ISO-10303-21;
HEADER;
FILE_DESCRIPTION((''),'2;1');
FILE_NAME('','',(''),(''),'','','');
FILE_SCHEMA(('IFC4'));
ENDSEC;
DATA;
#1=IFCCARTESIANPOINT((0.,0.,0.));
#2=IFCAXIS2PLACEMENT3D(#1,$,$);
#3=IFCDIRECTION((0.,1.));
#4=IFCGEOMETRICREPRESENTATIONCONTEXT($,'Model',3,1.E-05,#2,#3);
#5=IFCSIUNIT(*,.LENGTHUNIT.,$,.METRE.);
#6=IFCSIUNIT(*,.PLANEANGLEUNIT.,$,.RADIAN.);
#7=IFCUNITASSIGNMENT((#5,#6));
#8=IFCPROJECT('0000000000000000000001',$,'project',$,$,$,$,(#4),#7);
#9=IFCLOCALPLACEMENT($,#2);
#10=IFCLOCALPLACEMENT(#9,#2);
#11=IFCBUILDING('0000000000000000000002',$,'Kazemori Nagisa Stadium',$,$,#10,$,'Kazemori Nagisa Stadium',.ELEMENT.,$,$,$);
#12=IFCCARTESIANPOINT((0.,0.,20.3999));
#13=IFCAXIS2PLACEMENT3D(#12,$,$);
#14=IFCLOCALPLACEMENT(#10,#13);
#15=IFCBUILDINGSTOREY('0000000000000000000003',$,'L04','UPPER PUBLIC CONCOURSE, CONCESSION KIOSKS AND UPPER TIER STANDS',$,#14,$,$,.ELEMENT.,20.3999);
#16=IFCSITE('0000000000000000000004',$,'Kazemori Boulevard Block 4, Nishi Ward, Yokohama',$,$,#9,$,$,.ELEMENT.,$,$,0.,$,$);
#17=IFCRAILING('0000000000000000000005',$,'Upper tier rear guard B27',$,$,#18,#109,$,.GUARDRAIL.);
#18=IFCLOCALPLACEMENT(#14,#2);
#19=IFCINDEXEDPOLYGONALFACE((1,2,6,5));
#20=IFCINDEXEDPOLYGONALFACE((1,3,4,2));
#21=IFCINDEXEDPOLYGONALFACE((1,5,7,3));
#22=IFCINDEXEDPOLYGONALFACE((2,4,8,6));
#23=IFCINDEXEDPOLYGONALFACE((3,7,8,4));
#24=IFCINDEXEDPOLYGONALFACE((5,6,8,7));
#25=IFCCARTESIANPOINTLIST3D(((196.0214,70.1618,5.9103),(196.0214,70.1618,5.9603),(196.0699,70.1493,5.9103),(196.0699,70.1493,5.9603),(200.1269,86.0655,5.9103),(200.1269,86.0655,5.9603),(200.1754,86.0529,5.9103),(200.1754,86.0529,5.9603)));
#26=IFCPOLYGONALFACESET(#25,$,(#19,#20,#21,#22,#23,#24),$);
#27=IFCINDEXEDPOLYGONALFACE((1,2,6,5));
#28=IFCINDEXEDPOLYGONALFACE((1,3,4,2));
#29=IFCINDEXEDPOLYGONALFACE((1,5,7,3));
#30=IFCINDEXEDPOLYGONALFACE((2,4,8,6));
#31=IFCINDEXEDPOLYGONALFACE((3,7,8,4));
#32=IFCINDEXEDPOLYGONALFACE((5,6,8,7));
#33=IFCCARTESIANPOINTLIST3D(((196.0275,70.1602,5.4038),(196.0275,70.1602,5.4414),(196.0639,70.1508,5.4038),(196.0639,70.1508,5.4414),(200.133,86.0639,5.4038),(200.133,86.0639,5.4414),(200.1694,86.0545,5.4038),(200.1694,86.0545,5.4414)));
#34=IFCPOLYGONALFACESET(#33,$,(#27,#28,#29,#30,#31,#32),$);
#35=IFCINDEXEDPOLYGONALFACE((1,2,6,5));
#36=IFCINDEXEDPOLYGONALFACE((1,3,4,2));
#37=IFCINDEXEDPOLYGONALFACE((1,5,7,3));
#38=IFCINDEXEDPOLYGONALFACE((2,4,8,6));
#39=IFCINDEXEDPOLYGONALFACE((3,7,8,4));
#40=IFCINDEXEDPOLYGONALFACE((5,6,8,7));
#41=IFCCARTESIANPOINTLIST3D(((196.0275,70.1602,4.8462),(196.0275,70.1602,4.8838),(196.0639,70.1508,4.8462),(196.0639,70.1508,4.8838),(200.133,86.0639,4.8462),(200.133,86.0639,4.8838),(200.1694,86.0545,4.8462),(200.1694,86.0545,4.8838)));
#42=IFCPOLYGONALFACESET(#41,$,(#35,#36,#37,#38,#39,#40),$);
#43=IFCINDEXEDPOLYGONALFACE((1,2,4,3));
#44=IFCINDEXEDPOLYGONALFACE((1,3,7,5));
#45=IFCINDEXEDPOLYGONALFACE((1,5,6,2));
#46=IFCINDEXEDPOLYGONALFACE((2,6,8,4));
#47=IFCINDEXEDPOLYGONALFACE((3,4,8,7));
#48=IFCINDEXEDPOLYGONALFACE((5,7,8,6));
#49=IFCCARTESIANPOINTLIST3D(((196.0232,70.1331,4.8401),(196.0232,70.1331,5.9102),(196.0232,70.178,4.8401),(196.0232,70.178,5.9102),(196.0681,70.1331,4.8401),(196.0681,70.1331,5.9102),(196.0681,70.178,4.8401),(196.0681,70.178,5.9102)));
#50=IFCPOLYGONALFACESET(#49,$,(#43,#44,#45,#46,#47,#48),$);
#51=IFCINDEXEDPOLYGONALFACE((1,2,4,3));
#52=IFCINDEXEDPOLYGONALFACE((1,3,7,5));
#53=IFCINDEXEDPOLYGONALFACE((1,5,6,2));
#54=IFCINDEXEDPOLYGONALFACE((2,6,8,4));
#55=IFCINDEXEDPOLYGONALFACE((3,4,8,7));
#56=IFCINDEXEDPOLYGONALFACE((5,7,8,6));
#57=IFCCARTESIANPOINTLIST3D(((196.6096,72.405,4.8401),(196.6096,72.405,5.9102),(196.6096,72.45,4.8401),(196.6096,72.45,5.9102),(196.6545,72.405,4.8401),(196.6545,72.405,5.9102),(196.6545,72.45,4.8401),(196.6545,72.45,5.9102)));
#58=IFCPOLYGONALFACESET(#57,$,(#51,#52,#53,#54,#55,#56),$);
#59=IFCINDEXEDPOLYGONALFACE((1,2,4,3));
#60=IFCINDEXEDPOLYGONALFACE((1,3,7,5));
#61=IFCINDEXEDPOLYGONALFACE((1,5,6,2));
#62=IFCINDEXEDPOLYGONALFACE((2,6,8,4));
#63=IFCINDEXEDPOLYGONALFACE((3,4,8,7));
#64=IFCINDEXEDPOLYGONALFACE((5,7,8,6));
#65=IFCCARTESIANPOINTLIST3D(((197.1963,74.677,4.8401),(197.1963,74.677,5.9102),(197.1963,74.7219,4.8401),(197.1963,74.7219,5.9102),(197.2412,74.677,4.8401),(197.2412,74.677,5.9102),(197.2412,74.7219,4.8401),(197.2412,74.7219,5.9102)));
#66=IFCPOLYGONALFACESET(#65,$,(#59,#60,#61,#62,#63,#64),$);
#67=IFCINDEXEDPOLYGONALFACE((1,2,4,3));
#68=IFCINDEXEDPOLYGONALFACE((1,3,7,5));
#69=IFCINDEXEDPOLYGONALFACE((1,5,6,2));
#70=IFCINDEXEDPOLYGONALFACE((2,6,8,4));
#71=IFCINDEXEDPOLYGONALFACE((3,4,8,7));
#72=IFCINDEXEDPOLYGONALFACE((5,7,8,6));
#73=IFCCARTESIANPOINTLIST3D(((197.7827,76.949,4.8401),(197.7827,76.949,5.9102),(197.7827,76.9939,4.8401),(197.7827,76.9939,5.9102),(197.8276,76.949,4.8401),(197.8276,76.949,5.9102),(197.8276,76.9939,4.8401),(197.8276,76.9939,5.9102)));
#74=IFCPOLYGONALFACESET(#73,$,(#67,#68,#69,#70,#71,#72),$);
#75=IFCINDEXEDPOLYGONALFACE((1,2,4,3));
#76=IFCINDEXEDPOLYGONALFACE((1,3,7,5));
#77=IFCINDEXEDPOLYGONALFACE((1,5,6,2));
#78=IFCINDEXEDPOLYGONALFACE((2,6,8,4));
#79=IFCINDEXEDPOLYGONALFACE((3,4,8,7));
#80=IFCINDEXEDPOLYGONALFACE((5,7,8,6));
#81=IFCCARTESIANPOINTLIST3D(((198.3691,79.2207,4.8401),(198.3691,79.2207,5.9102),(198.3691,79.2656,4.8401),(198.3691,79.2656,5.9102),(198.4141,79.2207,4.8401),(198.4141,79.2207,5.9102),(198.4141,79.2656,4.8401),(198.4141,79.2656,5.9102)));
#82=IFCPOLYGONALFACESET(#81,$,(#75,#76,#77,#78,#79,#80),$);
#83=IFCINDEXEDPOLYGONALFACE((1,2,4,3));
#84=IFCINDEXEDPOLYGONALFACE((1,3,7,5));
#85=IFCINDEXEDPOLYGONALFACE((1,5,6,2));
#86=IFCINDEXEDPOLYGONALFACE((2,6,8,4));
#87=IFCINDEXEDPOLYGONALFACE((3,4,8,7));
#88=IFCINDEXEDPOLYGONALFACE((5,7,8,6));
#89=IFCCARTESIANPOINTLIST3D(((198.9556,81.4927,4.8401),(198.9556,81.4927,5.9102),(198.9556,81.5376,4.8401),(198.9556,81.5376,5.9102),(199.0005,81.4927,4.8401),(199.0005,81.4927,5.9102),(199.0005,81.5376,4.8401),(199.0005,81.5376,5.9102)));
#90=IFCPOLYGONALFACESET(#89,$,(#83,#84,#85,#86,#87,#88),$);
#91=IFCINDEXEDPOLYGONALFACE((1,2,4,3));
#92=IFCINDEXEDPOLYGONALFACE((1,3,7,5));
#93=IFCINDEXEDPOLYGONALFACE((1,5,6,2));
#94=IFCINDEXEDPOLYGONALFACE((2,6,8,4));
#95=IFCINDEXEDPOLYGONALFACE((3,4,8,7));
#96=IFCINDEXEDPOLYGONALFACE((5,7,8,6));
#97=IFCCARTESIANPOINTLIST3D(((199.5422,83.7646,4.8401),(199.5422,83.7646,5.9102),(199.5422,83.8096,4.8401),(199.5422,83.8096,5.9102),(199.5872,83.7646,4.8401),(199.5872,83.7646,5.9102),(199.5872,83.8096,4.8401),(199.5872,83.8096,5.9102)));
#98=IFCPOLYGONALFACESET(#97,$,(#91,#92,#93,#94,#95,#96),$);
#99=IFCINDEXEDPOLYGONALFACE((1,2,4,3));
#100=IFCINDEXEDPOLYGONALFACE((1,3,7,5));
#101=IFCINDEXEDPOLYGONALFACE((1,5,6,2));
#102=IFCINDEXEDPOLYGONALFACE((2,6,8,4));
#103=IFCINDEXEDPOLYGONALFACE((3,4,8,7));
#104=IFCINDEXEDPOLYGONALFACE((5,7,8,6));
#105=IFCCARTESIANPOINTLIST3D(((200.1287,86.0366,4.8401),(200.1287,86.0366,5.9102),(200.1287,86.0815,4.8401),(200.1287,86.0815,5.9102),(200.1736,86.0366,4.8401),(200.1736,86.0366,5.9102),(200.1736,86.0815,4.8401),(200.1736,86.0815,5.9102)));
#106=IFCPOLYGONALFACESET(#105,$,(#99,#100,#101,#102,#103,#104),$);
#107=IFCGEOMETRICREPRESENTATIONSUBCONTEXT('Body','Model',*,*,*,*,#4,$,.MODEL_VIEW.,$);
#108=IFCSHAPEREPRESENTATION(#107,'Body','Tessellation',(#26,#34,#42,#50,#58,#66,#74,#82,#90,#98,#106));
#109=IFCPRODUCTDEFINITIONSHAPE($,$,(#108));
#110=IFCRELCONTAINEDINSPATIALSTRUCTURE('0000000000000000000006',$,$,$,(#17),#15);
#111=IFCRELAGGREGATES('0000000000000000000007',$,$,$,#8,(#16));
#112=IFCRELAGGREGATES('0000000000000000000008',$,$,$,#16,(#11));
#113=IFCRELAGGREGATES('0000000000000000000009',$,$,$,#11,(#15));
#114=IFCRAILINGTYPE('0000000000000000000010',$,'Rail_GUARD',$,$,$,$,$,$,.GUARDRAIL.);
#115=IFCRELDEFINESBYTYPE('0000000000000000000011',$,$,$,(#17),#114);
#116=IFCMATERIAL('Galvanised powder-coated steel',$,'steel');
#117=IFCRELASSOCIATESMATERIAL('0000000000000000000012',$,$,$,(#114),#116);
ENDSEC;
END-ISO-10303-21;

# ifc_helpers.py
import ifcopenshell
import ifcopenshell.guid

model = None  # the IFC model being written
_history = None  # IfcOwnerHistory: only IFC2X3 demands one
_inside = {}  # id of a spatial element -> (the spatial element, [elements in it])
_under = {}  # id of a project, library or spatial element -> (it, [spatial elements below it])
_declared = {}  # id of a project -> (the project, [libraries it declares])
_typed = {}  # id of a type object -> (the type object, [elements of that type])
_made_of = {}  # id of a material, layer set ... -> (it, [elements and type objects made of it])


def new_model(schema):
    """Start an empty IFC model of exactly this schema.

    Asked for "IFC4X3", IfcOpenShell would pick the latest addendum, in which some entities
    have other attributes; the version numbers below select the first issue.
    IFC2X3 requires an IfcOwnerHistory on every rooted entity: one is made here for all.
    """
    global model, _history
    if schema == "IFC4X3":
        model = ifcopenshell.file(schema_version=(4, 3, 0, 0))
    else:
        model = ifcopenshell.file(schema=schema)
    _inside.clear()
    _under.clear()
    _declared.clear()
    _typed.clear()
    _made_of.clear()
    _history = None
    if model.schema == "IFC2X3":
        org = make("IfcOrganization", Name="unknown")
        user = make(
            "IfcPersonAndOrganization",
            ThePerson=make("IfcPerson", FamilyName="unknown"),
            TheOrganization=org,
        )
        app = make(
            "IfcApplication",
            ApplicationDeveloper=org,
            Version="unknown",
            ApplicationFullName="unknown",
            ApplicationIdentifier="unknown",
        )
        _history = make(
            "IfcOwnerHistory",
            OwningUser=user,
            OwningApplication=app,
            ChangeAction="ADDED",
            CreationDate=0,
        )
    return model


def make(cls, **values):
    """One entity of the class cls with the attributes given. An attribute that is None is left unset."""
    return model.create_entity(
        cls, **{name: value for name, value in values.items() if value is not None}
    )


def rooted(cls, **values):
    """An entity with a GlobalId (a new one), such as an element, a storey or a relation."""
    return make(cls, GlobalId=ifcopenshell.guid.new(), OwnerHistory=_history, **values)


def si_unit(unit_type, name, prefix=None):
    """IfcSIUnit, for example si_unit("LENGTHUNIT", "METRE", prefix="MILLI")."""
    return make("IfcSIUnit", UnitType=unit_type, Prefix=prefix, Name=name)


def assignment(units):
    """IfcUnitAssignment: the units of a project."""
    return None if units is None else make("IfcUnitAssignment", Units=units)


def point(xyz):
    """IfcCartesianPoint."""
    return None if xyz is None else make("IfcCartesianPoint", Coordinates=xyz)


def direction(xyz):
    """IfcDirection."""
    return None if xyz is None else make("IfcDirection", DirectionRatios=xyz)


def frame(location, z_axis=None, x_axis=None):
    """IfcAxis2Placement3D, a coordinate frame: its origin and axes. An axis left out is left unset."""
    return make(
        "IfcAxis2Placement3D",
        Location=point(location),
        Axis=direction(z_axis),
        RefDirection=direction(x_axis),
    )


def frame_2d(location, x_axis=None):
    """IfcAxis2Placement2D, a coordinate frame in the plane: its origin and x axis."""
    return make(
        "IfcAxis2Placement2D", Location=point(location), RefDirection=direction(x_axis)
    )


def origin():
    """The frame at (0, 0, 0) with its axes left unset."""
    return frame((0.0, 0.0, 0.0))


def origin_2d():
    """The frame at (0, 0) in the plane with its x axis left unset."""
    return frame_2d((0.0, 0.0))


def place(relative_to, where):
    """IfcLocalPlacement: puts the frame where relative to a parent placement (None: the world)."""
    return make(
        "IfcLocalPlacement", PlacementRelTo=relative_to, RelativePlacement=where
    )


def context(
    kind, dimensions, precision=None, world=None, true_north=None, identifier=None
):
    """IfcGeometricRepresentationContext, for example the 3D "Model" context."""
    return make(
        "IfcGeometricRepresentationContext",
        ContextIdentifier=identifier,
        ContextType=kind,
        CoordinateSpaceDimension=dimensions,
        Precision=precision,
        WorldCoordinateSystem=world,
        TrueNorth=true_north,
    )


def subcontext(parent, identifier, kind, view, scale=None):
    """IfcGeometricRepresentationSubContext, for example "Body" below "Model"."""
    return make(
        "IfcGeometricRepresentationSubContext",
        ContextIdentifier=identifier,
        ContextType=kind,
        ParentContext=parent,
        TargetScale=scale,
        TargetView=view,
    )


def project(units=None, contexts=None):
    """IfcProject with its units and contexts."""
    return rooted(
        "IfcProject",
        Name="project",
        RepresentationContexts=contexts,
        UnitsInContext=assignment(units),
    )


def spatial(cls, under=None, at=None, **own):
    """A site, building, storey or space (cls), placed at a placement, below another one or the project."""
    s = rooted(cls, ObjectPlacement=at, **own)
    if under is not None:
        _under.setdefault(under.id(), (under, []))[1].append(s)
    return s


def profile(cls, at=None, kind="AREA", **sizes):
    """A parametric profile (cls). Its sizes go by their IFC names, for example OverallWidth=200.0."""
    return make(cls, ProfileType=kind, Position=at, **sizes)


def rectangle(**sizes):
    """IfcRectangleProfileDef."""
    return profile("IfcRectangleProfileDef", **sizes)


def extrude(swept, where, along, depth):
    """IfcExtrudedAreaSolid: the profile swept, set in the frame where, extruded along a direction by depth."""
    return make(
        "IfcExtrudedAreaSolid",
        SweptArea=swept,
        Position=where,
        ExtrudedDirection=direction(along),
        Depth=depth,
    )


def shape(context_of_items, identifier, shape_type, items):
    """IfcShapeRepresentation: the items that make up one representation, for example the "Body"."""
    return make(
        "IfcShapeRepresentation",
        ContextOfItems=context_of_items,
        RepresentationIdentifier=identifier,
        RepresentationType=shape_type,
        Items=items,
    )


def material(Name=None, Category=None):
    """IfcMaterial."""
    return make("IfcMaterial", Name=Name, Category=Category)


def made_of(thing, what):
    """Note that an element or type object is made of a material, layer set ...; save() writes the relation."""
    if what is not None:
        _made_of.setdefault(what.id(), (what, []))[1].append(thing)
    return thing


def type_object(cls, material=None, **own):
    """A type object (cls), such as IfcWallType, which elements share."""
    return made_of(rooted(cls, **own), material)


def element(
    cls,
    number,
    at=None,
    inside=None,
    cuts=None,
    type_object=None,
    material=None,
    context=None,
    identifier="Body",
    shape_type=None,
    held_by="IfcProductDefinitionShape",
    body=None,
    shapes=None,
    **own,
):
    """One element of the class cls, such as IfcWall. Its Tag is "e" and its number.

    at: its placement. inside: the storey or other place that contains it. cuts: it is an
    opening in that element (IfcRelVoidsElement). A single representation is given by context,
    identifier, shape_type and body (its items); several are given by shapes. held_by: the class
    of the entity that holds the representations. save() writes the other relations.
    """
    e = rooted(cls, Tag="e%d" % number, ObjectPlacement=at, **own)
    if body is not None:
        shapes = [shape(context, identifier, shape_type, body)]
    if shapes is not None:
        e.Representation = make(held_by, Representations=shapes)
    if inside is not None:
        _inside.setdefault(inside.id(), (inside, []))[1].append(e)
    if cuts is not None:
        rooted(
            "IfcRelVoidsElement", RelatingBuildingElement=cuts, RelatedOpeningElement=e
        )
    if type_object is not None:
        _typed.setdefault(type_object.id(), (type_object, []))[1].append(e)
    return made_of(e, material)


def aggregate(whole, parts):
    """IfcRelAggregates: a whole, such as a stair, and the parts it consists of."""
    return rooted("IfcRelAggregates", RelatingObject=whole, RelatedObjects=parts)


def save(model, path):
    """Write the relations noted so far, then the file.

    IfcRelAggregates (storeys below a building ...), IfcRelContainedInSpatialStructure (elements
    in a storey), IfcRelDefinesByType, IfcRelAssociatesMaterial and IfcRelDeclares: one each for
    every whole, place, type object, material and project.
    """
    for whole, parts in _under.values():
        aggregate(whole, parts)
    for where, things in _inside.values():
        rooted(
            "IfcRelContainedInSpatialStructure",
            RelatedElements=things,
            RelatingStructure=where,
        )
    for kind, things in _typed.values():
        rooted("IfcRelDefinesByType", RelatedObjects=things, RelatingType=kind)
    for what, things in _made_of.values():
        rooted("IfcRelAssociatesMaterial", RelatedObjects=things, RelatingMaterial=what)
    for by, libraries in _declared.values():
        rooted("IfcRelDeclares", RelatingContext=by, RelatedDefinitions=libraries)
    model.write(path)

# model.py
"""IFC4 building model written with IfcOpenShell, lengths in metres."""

from ifc_helpers import new_model, si_unit, direction, frame, origin, origin_2d, place, context, subcontext, project, spatial, rectangle, extrude, material, type_object, element, save


model = new_model("IFC4")

# Units and contexts
model_context = context("Model", 3, precision=1e-05, world=origin(), true_north=direction((0.0, 1.0)))
body_context = subcontext(model_context, "Body", "Model", "MODEL_VIEW")
ifc_project = project(units=[si_unit("LENGTHUNIT", "METRE"), si_unit("PLANEANGLEUNIT", "RADIAN")], contexts=[model_context])

# Site, building, storey
site_placement = place(None, origin())
site = spatial("IfcSite", under=ifc_project, at=site_placement, Name="Kazemori Boulevard Block 4, Nishi Ward, Yokohama", CompositionType="ELEMENT", RefElevation=0.0)
building_placement = place(site_placement, origin())
building = spatial("IfcBuilding", under=site, at=building_placement, Name="Kazemori Nagisa Stadium", LongName="Kazemori Nagisa Stadium", CompositionType="ELEMENT")
storey_placement = place(building_placement, frame((0.0, 0.0, 20.3999)))
storey = spatial("IfcBuildingStorey", under=building, at=storey_placement, Name="L04", Description="UPPER PUBLIC CONCOURSE, CONCESSION KIOSKS AND UPPER TIER STANDS", CompositionType="ELEMENT", Elevation=20.3999)

# Railing
ifc_material_1 = material(Name="Galvanised powder-coated steel", Category="steel")
railing_type_1 = type_object("IfcRailingType", Name="Rail_GUARD", PredefinedType="GUARDRAIL", material=ifc_material_1)
railing_1_placement = place(storey_placement, frame((196.0457, 70.1555, 4.8401)))
element("IfcRailing", 1, at=railing_1_placement, inside=storey, type_object=railing_type_1, Name="Upper tier rear guard B27", PredefinedType="GUARDRAIL", context=body_context, shape_type="SweptSolid", body=[
    extrude(rectangle(XDim=0.05, YDim=0.05, at=origin_2d()), frame((0.0, 0.0, 1.0952), z_axis=(0.249954, 0.968258, 0.0), x_axis=(-0.968258, 0.249954, 0.0)), (0.0, 0.0, 1.0), 16.425),
    extrude(rectangle(XDim=0.0376, YDim=0.0376, at=origin_2d()), frame((0.0, 0.0, 0.5825), z_axis=(0.249954, 0.968258, 0.0), x_axis=(-0.968258, 0.249954, 0.0)), (0.0, 0.0, 1.0), 16.425),
    extrude(rectangle(XDim=0.0376, YDim=0.0376, at=origin_2d()), frame((0.0, 0.0, 0.0249), z_axis=(0.249954, 0.968258, 0.0), x_axis=(-0.968258, 0.249954, 0.0)), (0.0, 0.0, 1.0), 16.425),
    extrude(rectangle(XDim=0.0449, YDim=0.0449, at=origin_2d()), origin(), (0.0, 0.0, 1.0), 1.0701),
    extrude(rectangle(XDim=0.0449, YDim=0.0449, at=origin_2d()), frame((0.5864, 2.272, 0.0)), (0.0, 0.0, 1.0), 1.0701),
    extrude(rectangle(XDim=0.0449, YDim=0.0449, at=origin_2d()), frame((1.1731, 4.5439, 0.0)), (0.0, 0.0, 1.0), 1.0701),
    extrude(rectangle(XDim=0.0449, YDim=0.0449, at=origin_2d()), frame((1.7595, 6.8159, 0.0)), (0.0, 0.0, 1.0), 1.0701),
    extrude(rectangle(XDim=0.0449, YDim=0.0449, at=origin_2d()), frame((2.3459, 9.0876, 0.0)), (0.0, 0.0, 1.0), 1.0701),
    extrude(rectangle(XDim=0.0449, YDim=0.0449, at=origin_2d()), frame((2.9324, 11.3596, 0.0)), (0.0, 0.0, 1.0), 1.0701),
    extrude(rectangle(XDim=0.0449, YDim=0.0449, at=origin_2d()), frame((3.519, 13.6316, 0.0)), (0.0, 0.0, 1.0), 1.0701),
    extrude(rectangle(XDim=0.0449, YDim=0.0449, at=origin_2d()), frame((4.1055, 15.9036, 0.0)), (0.0, 0.0, 1.0), 1.0701),
])

save(model, "model.ifc")
